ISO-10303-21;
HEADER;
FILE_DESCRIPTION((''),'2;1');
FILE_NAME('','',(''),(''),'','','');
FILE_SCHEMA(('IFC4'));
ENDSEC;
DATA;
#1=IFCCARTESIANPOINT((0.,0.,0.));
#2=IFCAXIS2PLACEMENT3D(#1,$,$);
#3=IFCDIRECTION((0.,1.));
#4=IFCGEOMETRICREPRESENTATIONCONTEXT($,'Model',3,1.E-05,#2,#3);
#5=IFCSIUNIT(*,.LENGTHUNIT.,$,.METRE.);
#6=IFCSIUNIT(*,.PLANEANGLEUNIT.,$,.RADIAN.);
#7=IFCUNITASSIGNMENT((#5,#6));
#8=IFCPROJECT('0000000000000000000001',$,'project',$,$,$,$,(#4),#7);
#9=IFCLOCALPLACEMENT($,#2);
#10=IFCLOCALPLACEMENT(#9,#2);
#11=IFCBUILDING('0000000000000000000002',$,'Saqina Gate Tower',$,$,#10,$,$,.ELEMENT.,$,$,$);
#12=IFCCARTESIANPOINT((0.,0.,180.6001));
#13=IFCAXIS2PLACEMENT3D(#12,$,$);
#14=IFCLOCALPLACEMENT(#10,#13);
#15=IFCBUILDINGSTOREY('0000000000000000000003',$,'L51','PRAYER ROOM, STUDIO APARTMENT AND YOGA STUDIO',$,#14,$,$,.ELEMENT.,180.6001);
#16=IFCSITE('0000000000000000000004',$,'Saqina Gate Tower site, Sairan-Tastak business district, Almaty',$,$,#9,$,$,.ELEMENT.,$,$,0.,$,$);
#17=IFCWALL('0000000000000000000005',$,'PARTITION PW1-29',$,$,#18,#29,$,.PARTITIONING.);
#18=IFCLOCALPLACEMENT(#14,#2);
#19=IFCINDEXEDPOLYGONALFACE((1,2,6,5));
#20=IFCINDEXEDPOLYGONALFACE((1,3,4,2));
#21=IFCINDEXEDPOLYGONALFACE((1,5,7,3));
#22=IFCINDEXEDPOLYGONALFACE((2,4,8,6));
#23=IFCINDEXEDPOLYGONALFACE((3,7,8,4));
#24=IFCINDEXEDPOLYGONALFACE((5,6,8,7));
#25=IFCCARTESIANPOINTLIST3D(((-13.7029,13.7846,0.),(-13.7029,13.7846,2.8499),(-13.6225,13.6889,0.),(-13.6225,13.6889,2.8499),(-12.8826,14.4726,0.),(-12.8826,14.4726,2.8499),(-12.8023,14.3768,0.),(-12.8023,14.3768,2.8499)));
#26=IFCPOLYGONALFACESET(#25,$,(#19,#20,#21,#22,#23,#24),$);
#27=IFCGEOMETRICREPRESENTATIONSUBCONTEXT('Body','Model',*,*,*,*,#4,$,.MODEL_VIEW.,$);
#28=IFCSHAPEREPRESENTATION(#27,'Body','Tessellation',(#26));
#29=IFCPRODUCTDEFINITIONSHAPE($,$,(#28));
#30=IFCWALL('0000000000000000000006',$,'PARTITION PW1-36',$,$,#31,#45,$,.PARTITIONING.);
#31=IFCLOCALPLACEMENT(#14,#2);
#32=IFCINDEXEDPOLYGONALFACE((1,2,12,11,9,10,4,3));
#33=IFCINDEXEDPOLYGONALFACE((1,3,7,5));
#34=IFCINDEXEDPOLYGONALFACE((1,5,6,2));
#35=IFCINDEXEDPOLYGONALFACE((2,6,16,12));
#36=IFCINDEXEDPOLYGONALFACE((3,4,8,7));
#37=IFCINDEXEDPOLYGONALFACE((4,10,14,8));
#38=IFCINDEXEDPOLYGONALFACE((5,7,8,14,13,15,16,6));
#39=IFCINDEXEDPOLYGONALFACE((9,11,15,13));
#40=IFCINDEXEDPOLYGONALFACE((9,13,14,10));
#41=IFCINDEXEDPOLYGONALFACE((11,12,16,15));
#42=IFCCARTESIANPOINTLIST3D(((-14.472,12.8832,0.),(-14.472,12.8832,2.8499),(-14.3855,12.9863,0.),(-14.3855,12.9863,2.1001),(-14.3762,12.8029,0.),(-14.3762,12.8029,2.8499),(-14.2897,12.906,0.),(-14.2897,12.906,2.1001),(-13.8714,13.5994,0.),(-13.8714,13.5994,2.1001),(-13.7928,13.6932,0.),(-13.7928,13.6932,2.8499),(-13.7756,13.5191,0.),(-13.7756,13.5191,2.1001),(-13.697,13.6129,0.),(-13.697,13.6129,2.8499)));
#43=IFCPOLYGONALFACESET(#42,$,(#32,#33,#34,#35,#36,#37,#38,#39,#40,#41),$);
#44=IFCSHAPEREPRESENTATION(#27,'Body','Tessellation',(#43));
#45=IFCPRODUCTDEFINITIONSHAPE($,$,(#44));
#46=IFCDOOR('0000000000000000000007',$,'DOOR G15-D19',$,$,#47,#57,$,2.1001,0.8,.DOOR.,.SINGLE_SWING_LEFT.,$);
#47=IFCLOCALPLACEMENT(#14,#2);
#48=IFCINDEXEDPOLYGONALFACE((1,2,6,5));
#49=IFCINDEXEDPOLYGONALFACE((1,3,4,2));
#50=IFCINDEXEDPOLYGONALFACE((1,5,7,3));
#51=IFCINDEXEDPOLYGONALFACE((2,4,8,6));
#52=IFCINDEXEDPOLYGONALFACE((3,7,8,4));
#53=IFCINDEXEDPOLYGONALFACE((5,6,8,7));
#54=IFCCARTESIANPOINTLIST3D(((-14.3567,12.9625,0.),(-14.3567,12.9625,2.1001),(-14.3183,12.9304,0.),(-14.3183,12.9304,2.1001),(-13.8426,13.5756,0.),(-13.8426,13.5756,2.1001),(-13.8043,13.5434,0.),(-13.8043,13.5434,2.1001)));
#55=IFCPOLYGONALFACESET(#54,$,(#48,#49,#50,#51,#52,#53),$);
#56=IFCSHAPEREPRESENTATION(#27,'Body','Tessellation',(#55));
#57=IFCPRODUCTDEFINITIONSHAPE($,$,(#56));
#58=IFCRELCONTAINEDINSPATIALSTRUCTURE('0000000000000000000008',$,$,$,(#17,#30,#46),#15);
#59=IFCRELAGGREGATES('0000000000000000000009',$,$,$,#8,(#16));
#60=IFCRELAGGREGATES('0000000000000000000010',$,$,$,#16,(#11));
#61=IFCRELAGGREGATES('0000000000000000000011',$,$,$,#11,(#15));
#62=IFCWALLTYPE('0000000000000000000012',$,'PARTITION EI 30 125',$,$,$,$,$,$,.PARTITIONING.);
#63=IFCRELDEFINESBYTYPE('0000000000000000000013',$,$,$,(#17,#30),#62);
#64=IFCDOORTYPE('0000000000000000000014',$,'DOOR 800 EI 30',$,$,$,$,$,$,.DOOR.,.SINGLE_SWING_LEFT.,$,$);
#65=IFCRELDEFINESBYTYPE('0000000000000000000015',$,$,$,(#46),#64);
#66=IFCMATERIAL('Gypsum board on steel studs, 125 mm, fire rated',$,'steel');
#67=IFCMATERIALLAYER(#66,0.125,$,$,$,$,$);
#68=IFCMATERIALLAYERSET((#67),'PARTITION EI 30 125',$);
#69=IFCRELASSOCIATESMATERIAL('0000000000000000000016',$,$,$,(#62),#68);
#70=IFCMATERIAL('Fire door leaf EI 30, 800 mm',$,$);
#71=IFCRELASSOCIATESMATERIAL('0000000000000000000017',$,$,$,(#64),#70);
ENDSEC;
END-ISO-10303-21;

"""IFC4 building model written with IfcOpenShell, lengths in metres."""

from ifc_helpers import new_model, si_unit, direction, frame, frame_2d, origin, place, context, subcontext, project, spatial, rectangle, extrude, material, layer, layer_set, type_object, element, fill, save


model = new_model("IFC4")

# Units and contexts
model_context = context("Model", 3, precision=1e-05, world=origin(), true_north=direction((0.0, 1.0)))
body_context = subcontext(model_context, "Body", "Model", "MODEL_VIEW")
ifc_project = project(units=[si_unit("LENGTHUNIT", "METRE"), si_unit("PLANEANGLEUNIT", "RADIAN")], contexts=[model_context])

# Site, building, storey
site_placement = place(None, origin())
site = spatial("IfcSite", under=ifc_project, at=site_placement, Name="Saqina Gate Tower site, Sairan-Tastak business district, Almaty", CompositionType="ELEMENT", RefElevation=0.0)
building_placement = place(site_placement, origin())
building = spatial("IfcBuilding", under=site, at=building_placement, Name="Saqina Gate Tower", CompositionType="ELEMENT")
storey_placement = place(building_placement, frame((0.0, 0.0, 180.6001)))
storey = spatial("IfcBuildingStorey", under=building, at=storey_placement, Name="L51", Description="PRAYER ROOM, STUDIO APARTMENT AND YOGA STUDIO", CompositionType="ELEMENT", Elevation=180.6001)

# Shared definitions
ifc_material_1 = material(Name="Gypsum board on steel studs, 125 mm, fire rated", Category="steel")
ifc_layer_1 = layer(ifc_material_1, 0.125)
ifc_layer_set_1 = layer_set([ifc_layer_1], Name="PARTITION EI 30 125")
wall_type_1 = type_object("IfcWallType", Name="PARTITION EI 30 125", PredefinedType="PARTITIONING", material=ifc_layer_set_1)

# Wall
wall_1_placement = place(storey_placement, frame((-13.6626, 13.7368, 0.0), z_axis=(0.0, 0.0, 1.0), x_axis=(0.766199, 0.642604, 0.0)))
element("IfcWall", 1, at=wall_1_placement, inside=storey, type_object=wall_type_1, Name="PARTITION PW1-29", PredefinedType="PARTITIONING", context=body_context, shape_type="SweptSolid", body=[
    extrude(rectangle(XDim=1.0706, YDim=0.125, at=frame_2d((0.5352, 0.0))), origin(), (0.0, 0.0, 1.0), 2.8499),
])

# Wall, opening, door
wall_2_placement = place(storey_placement, frame((-14.4241, 12.843, 0.0), z_axis=(0.0, 0.0, 1.0), x_axis=(0.642499, 0.766287, 0.0)))
wall_2 = element("IfcWall", 2, at=wall_2_placement, inside=storey, type_object=wall_type_1, Name="PARTITION PW1-36", PredefinedType="PARTITIONING", context=body_context, shape_type="SweptSolid", body=[
    extrude(rectangle(XDim=1.0571, YDim=0.125, at=frame_2d((0.5286, 0.0))), origin(), (0.0, 0.0, 1.0), 2.8499),
])
opening_1_placement = place(wall_2_placement, frame((0.1348, 0.0, 0.0)))
opening_1 = element("IfcOpeningElement", 3, at=opening_1_placement, cuts=wall_2, PredefinedType="OPENING", context=body_context, shape_type="SweptSolid", body=[
    extrude(rectangle(XDim=0.8, YDim=2.1001, at=frame_2d((0.3999, 1.05))), frame((0.0, 0.0745, 0.0), z_axis=(0.0, -1.0, 0.0), x_axis=(1.0, 0.0, 0.0)), (0.0, 0.0, 1.0), 0.1489),
])
ifc_material_2 = material(Name="Fire door leaf EI 30, 800 mm")
door_type_1 = type_object("IfcDoorType", Name="DOOR 800 EI 30", OperationType="SINGLE_SWING_LEFT", PredefinedType="DOOR", material=ifc_material_2)
door_1_placement = place(opening_1_placement, frame((0.8, 0.0, 0.0), z_axis=(0.0, 0.0, 1.0), x_axis=(-1.0, 0.0, 0.0)))
door_1 = element("IfcDoor", 4, at=door_1_placement, inside=storey, type_object=door_type_1, Name="DOOR G15-D19", OperationType="SINGLE_SWING_LEFT", OverallHeight=2.1001, OverallWidth=0.8, PredefinedType="DOOR", context=body_context, shape_type="SweptSolid", body=[
    extrude(rectangle(XDim=0.8, YDim=2.1001, at=frame_2d((0.3999, 1.05))), frame((0.0, 0.0249, 0.0), z_axis=(0.0, -1.0, 0.0), x_axis=(1.0, 0.0, 0.0)), (0.0, 0.0, 1.0), 0.05),
])
fill(opening_1, door_1)

save(model, "model.ifc")
